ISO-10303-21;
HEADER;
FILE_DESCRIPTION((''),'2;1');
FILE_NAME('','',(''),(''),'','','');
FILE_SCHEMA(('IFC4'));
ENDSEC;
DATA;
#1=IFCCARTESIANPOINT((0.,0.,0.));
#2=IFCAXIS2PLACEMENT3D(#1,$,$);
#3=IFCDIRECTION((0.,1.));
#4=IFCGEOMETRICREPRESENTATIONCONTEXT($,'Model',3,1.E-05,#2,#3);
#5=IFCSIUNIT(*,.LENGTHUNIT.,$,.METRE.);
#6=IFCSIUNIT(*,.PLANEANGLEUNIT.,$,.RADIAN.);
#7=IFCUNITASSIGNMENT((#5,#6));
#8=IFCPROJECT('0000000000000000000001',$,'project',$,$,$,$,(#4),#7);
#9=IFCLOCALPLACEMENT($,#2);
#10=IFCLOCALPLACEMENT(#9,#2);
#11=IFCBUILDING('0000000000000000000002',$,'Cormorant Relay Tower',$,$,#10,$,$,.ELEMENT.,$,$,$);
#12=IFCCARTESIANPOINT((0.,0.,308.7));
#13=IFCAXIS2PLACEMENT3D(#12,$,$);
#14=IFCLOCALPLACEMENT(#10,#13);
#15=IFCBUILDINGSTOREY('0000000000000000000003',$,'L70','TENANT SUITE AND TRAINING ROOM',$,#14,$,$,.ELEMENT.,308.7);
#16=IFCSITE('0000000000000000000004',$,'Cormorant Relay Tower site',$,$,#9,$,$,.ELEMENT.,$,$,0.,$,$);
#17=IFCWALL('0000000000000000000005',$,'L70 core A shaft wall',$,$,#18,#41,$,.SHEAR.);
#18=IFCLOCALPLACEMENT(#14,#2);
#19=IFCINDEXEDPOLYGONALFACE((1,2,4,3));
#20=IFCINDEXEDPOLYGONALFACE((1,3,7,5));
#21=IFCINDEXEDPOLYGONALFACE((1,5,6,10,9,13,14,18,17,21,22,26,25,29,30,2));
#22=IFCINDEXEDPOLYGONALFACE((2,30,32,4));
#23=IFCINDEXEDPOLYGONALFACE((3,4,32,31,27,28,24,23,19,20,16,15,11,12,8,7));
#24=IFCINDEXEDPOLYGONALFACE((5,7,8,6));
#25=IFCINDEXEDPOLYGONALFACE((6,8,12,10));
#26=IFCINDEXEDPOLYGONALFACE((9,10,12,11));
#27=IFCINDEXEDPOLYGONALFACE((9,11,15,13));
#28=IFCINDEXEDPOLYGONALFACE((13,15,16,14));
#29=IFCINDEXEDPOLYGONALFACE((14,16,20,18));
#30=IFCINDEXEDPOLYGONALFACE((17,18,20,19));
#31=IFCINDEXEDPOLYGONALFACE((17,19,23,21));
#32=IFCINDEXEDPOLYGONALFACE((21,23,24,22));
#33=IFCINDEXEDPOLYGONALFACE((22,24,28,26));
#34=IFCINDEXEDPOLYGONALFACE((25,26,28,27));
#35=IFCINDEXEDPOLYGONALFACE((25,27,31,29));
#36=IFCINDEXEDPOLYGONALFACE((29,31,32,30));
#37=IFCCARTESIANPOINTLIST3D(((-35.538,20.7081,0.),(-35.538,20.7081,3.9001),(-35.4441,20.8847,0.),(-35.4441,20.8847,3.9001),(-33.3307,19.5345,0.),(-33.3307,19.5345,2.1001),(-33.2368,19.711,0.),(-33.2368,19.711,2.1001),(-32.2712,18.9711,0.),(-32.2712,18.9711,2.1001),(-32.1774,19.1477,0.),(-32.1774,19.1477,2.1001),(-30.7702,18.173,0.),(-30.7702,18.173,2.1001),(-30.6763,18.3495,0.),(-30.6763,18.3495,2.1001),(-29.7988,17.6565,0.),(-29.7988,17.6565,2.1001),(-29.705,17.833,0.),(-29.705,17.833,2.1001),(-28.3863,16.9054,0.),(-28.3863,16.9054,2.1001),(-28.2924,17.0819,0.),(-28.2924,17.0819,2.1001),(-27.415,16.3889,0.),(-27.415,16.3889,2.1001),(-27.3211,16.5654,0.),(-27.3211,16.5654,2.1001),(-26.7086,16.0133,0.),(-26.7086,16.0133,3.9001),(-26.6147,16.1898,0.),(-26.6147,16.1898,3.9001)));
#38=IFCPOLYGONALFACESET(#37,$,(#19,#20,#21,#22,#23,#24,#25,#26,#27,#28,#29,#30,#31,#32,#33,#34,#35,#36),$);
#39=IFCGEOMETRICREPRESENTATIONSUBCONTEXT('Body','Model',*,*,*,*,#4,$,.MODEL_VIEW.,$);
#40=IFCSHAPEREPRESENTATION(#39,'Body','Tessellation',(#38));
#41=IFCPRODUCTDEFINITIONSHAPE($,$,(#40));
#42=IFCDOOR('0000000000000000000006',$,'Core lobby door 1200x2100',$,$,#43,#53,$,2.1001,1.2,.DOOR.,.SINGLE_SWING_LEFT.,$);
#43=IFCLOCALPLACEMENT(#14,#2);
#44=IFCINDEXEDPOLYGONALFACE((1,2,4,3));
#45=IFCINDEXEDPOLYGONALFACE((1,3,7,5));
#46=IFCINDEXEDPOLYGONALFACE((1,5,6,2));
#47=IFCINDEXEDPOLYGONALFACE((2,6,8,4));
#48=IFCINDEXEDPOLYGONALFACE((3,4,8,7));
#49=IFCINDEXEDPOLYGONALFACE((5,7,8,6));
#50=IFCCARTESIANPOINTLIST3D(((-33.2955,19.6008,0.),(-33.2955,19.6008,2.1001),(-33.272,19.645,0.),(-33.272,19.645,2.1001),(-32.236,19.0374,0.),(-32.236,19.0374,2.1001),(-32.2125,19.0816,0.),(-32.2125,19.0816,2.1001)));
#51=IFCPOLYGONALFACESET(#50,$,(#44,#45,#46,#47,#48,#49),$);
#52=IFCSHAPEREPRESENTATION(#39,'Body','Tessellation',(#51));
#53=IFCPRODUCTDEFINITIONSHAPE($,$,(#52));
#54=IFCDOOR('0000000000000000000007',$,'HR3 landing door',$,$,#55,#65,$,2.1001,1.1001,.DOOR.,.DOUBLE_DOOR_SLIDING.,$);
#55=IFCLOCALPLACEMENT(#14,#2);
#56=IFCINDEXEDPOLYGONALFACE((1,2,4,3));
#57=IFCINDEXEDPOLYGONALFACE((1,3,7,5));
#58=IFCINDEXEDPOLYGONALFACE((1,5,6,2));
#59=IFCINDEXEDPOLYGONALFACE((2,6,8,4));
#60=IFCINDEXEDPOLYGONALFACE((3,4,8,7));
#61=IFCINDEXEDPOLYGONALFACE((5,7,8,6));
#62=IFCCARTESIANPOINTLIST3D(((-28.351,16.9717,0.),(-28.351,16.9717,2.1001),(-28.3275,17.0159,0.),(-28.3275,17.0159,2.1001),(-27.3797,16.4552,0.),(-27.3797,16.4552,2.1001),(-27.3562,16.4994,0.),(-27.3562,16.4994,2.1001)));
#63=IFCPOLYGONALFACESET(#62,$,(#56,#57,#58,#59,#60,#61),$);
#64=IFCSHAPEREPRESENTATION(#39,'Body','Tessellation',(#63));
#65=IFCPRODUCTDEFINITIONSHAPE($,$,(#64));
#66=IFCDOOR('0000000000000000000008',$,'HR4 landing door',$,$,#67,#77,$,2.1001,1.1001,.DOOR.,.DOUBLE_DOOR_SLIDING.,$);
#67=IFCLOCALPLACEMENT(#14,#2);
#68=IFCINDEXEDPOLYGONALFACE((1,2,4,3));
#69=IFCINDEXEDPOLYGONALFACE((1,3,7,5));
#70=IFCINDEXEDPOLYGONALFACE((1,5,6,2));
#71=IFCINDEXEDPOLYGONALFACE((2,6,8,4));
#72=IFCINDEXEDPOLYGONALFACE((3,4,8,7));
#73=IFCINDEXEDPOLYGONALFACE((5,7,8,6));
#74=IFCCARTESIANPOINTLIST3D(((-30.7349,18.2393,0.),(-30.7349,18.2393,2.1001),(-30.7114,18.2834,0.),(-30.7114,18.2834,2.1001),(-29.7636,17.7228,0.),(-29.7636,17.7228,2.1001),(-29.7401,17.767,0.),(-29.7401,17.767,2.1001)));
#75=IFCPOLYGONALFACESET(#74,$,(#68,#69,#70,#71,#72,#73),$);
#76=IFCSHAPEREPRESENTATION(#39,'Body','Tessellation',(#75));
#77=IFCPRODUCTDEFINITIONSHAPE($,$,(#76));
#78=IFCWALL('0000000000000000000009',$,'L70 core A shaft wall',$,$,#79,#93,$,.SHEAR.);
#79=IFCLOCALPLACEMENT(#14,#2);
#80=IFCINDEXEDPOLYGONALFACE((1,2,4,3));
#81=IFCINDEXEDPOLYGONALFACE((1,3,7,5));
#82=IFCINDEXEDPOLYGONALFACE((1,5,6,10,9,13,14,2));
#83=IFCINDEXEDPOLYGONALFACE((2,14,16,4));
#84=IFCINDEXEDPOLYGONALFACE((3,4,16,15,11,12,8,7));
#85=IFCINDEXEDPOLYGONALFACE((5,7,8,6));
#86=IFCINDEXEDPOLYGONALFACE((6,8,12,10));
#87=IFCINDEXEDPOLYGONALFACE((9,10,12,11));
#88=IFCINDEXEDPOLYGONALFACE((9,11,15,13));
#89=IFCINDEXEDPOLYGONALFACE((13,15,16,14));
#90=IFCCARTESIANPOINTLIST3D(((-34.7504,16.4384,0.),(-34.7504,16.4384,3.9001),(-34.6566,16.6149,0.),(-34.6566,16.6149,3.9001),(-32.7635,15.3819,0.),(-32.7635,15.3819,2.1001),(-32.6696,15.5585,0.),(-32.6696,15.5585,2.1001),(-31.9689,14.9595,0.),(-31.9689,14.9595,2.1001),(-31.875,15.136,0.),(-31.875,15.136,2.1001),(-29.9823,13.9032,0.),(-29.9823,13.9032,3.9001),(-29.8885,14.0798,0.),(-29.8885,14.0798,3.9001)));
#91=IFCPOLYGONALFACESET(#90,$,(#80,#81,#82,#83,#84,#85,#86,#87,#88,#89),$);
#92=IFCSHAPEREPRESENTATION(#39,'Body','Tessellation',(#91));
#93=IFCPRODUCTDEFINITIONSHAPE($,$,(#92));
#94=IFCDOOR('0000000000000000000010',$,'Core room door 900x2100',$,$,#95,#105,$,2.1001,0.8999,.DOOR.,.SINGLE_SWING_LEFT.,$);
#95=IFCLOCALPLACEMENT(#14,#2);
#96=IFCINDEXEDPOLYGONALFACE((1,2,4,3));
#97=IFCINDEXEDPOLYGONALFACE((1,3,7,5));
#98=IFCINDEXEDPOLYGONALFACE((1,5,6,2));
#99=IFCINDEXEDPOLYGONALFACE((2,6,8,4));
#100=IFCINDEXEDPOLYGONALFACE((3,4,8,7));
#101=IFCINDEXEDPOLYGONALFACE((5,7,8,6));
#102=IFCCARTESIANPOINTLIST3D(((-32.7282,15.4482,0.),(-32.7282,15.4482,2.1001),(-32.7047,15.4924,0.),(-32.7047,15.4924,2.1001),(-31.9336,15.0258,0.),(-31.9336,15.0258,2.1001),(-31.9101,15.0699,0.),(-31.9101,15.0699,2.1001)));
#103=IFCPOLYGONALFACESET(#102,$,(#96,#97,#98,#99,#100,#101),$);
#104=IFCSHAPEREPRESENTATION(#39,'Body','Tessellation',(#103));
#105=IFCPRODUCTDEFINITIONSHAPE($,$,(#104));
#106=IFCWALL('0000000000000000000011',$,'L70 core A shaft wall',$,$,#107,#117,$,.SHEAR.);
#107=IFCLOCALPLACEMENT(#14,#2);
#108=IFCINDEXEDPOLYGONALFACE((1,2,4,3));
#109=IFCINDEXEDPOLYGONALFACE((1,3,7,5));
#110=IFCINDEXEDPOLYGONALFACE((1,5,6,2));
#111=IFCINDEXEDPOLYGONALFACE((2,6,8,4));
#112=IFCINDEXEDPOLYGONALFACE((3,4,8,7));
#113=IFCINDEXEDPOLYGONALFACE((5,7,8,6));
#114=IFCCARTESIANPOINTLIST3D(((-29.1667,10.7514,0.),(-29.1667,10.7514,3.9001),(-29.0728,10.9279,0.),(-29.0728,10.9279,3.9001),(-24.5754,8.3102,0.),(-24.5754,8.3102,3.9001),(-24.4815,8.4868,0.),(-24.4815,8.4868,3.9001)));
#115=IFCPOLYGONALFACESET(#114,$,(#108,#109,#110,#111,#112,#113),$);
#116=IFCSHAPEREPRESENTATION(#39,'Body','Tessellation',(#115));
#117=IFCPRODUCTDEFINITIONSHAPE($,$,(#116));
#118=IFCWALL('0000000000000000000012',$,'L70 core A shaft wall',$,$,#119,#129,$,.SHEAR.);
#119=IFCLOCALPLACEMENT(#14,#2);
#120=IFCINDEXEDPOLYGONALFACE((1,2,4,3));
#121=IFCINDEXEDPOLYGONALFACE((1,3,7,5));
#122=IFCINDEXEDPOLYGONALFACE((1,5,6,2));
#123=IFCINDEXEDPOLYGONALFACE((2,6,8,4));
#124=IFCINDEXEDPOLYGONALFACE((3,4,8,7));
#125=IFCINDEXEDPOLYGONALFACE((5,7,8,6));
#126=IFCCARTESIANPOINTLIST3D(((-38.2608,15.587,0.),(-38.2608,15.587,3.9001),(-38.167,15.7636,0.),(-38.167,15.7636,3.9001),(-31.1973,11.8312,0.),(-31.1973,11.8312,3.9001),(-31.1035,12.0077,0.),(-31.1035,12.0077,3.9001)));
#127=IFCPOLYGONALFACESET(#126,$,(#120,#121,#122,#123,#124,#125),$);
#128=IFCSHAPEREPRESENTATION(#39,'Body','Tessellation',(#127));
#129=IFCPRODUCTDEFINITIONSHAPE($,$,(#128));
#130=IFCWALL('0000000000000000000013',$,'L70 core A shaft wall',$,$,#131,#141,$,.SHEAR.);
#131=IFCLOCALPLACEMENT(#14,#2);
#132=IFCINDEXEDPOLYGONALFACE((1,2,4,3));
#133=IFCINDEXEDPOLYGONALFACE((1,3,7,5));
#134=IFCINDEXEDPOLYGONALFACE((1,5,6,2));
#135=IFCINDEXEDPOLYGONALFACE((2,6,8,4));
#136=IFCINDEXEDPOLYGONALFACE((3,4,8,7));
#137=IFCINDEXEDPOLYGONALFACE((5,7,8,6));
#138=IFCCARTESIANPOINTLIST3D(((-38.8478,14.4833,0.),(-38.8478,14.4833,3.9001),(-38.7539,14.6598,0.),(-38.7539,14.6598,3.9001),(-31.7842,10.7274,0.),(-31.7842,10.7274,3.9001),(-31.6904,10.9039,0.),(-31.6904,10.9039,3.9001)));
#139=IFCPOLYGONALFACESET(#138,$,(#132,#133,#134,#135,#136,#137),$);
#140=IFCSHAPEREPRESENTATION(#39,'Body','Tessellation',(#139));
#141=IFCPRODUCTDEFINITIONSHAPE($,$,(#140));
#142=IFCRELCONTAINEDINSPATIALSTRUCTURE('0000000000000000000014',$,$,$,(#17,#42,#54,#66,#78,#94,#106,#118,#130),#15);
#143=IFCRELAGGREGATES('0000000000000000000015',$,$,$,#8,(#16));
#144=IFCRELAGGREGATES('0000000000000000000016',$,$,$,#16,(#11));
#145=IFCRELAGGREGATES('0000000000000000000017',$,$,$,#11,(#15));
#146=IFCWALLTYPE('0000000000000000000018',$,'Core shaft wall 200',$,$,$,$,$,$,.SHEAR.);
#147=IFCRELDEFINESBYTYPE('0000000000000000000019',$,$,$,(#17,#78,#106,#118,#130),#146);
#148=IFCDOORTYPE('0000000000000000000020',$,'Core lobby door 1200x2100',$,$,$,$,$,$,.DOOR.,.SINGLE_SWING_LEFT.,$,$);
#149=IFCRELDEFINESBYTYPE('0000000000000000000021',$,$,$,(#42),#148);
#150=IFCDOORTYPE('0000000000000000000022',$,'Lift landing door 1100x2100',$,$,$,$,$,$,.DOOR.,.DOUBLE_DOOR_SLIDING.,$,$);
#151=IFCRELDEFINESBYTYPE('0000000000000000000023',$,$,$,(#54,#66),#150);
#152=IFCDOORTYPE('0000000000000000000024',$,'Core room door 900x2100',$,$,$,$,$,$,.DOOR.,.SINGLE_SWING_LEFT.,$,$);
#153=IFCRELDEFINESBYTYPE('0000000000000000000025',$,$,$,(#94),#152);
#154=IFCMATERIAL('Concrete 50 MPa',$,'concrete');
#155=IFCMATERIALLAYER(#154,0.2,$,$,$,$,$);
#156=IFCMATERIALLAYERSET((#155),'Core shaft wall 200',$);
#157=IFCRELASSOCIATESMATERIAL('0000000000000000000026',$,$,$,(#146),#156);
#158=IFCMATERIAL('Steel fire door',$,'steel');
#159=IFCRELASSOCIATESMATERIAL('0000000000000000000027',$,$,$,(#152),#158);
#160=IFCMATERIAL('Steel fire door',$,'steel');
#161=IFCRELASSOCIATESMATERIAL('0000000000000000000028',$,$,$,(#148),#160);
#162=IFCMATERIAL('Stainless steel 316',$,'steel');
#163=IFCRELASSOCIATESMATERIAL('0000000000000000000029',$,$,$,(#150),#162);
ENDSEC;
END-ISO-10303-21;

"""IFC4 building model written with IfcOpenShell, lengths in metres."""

from ifc_helpers import new_model, si_unit, direction, frame, frame_2d, origin, place, context, subcontext, project, spatial, rectangle, extrude, material, layer, layer_set, type_object, element, fill, save


model = new_model("IFC4")

# Units and contexts
model_context = context("Model", 3, precision=1e-05, world=origin(), true_north=direction((0.0, 1.0)))
body_context = subcontext(model_context, "Body", "Model", "MODEL_VIEW")
ifc_project = project(units=[si_unit("LENGTHUNIT", "METRE"), si_unit("PLANEANGLEUNIT", "RADIAN")], contexts=[model_context])

# Site, building, storey
site_placement = place(None, origin())
site = spatial("IfcSite", under=ifc_project, at=site_placement, Name="Cormorant Relay Tower site", CompositionType="ELEMENT", RefElevation=0.0)
building_placement = place(site_placement, origin())
building = spatial("IfcBuilding", under=site, at=building_placement, Name="Cormorant Relay Tower", CompositionType="ELEMENT")
storey_placement = place(building_placement, frame((0.0, 0.0, 308.7)))
storey = spatial("IfcBuildingStorey", under=building, at=storey_placement, Name="L70", Description="TENANT SUITE AND TRAINING ROOM", CompositionType="ELEMENT", Elevation=308.7)

# Shared definitions
ifc_material_1 = material(Name="Concrete 50 MPa", Category="concrete")
ifc_layer_1 = layer(ifc_material_1, 0.2)
ifc_layer_set_1 = layer_set([ifc_layer_1], Name="Core shaft wall 200")
wall_type_1 = type_object("IfcWallType", Name="Core shaft wall 200", PredefinedType="SHEAR", material=ifc_layer_set_1)
ifc_material_2 = material(Name="Steel fire door", Category="steel")
door_type_1 = type_object("IfcDoorType", Name="Core room door 900x2100", OperationType="SINGLE_SWING_LEFT", PredefinedType="DOOR", material=ifc_material_2)

# Wall, openings, doors
wall_1_placement = place(storey_placement, frame((-26.6616, 16.1016, 0.0), z_axis=(0.0, 0.0, 1.0), x_axis=(-0.88294, 0.469485, 0.0)))
wall_1 = element("IfcWall", 1, at=wall_1_placement, inside=storey, type_object=wall_type_1, Name="L70 core A shaft wall", PredefinedType="SHEAR", context=body_context, shape_type="SweptSolid", body=[
    extrude(rectangle(XDim=10.0, YDim=0.2, at=frame_2d((5.0, 0.0))), origin(), (0.0, 0.0, 1.0), 3.9001),
])
opening_1_placement = place(wall_1_placement, frame((6.3, 0.0, 0.0)))
opening_1 = element("IfcOpeningElement", 2, at=opening_1_placement, cuts=wall_1, PredefinedType="OPENING", context=body_context, shape_type="SweptSolid", body=[
    extrude(rectangle(XDim=1.2, YDim=2.1001, at=frame_2d((0.6001, 1.05))), frame((0.0, 0.1099, 0.0), z_axis=(0.0, -1.0, 0.0), x_axis=(1.0, 0.0, 0.0)), (0.0, 0.0, 1.0), 0.22),
])
opening_2_placement = place(wall_1_placement, frame((0.8, 0.0, 0.0)))
opening_2 = element("IfcOpeningElement", 3, at=opening_2_placement, cuts=wall_1, PredefinedType="OPENING", context=body_context, shape_type="SweptSolid", body=[
    extrude(rectangle(XDim=1.1001, YDim=2.1001, at=frame_2d((0.55, 1.05))), frame((0.0, 0.1099, 0.0), z_axis=(0.0, -1.0, 0.0), x_axis=(1.0, 0.0, 0.0)), (0.0, 0.0, 1.0), 0.22),
])
opening_3_placement = place(wall_1_placement, frame((3.5, 0.0, 0.0)))
opening_3 = element("IfcOpeningElement", 4, at=opening_3_placement, cuts=wall_1, PredefinedType="OPENING", context=body_context, shape_type="SweptSolid", body=[
    extrude(rectangle(XDim=1.1001, YDim=2.1001, at=frame_2d((0.55, 1.05))), frame((0.0, 0.1099, 0.0), z_axis=(0.0, -1.0, 0.0), x_axis=(1.0, 0.0, 0.0)), (0.0, 0.0, 1.0), 0.22),
])
ifc_material_3 = material(Name="Steel fire door", Category="steel")
door_type_2 = type_object("IfcDoorType", Name="Core lobby door 1200x2100", OperationType="SINGLE_SWING_LEFT", PredefinedType="DOOR", material=ifc_material_3)
door_1_placement = place(opening_1_placement, origin())
door_1 = element("IfcDoor", 5, at=door_1_placement, inside=storey, type_object=door_type_2, Name="Core lobby door 1200x2100", OperationType="SINGLE_SWING_LEFT", OverallHeight=2.1001, OverallWidth=1.2, PredefinedType="DOOR", context=body_context, shape_type="SweptSolid", body=[
    extrude(rectangle(XDim=1.2, YDim=2.1001, at=frame_2d((0.6001, 1.05))), frame((0.0, 0.0249, 0.0), z_axis=(0.0, -1.0, 0.0), x_axis=(1.0, 0.0, 0.0)), (0.0, 0.0, 1.0), 0.05),
])
fill(opening_1, door_1)
ifc_material_4 = material(Name="Stainless steel 316", Category="steel")
door_type_3 = type_object("IfcDoorType", Name="Lift landing door 1100x2100", OperationType="DOUBLE_DOOR_SLIDING", PredefinedType="DOOR", material=ifc_material_4)
door_2_placement = place(opening_2_placement, origin())
door_2 = element("IfcDoor", 6, at=door_2_placement, inside=storey, type_object=door_type_3, Name="HR3 landing door", OperationType="DOUBLE_DOOR_SLIDING", OverallHeight=2.1001, OverallWidth=1.1001, PredefinedType="DOOR", context=body_context, shape_type="SweptSolid", body=[
    extrude(rectangle(XDim=1.1001, YDim=2.1001, at=frame_2d((0.55, 1.05))), frame((0.0, 0.0249, 0.0), z_axis=(0.0, -1.0, 0.0), x_axis=(1.0, 0.0, 0.0)), (0.0, 0.0, 1.0), 0.05),
])
fill(opening_2, door_2)
door_3_placement = place(opening_3_placement, origin())
door_3 = element("IfcDoor", 7, at=door_3_placement, inside=storey, type_object=door_type_3, Name="HR4 landing door", OperationType="DOUBLE_DOOR_SLIDING", OverallHeight=2.1001, OverallWidth=1.1001, PredefinedType="DOOR", context=body_context, shape_type="SweptSolid", body=[
    extrude(rectangle(XDim=1.1001, YDim=2.1001, at=frame_2d((0.55, 1.05))), frame((0.0, 0.0249, 0.0), z_axis=(0.0, -1.0, 0.0), x_axis=(1.0, 0.0, 0.0)), (0.0, 0.0, 1.0), 0.05),
])
fill(opening_3, door_3)

# Wall, opening, door
wall_2_placement = place(storey_placement, frame((-29.9353, 13.9915, 0.0), z_axis=(0.0, 0.0, 1.0), x_axis=(-0.882953, 0.469462, 0.0)))
wall_2 = element("IfcWall", 8, at=wall_2_placement, inside=storey, type_object=wall_type_1, Name="L70 core A shaft wall", PredefinedType="SHEAR", context=body_context, shape_type="SweptSolid", body=[
    extrude(rectangle(XDim=5.4001, YDim=0.2, at=frame_2d((2.7002, 0.0))), origin(), (0.0, 0.0, 1.0), 3.9001),
])
opening_4_placement = place(wall_2_placement, frame((2.25, 0.0, 0.0)))
opening_4 = element("IfcOpeningElement", 9, at=opening_4_placement, cuts=wall_2, PredefinedType="OPENING", context=body_context, shape_type="SweptSolid", body=[
    extrude(rectangle(XDim=0.8999, YDim=2.1001, at=frame_2d((0.45, 1.05))), frame((0.0, 0.1099, 0.0), z_axis=(0.0, -1.0, 0.0), x_axis=(1.0, 0.0, 0.0)), (0.0, 0.0, 1.0), 0.22),
])
door_4_placement = place(opening_4_placement, origin())
door_4 = element("IfcDoor", 10, at=door_4_placement, inside=storey, type_object=door_type_1, Name="Core room door 900x2100", OperationType="SINGLE_SWING_LEFT", OverallHeight=2.1001, OverallWidth=0.8999, PredefinedType="DOOR", context=body_context, shape_type="SweptSolid", body=[
    extrude(rectangle(XDim=0.8999, YDim=2.1001, at=frame_2d((0.45, 1.05))), frame((0.0, 0.0249, 0.0), z_axis=(0.0, -1.0, 0.0), x_axis=(1.0, 0.0, 0.0)), (0.0, 0.0, 1.0), 0.05),
])
fill(opening_4, door_4)

# Walls
wall_3_placement = place(storey_placement, frame((-24.5283, 8.3984, 0.0), z_axis=(0.0, 0.0, 1.0), x_axis=(-0.882954, 0.46946, 0.0)))
element("IfcWall", 11, at=wall_3_placement, inside=storey, type_object=wall_type_1, Name="L70 core A shaft wall", PredefinedType="SHEAR", context=body_context, shape_type="SweptSolid", body=[
    extrude(rectangle(XDim=5.2, YDim=0.2, at=frame_2d((2.6001, 0.0))), origin(), (0.0, 0.0, 1.0), 3.9001),
])
for number, where, z_axis, x_axis, name in (
    (12, (-31.1504, 11.9194, 0.0), (0.0, 0.0, 1.0), (-0.88294, 0.469485, 0.0), "L70 core A shaft wall"),
    (13, (-31.7373, 10.8157, 0.0), (0.0, 0.0, 1.0), (-0.88294, 0.469485, 0.0), "L70 core A shaft wall"),
):
    element("IfcWall", number, at=place(storey_placement, frame(where, z_axis=z_axis, x_axis=x_axis)), inside=storey, type_object=wall_type_1, Name=name, PredefinedType="SHEAR", context=body_context, shape_type="SweptSolid", body=[
        extrude(rectangle(XDim=8.0, YDim=0.2, at=frame_2d((4.0, 0.0))), origin(), (0.0, 0.0, 1.0), 3.9001),
    ])

save(model, "model.ifc")
